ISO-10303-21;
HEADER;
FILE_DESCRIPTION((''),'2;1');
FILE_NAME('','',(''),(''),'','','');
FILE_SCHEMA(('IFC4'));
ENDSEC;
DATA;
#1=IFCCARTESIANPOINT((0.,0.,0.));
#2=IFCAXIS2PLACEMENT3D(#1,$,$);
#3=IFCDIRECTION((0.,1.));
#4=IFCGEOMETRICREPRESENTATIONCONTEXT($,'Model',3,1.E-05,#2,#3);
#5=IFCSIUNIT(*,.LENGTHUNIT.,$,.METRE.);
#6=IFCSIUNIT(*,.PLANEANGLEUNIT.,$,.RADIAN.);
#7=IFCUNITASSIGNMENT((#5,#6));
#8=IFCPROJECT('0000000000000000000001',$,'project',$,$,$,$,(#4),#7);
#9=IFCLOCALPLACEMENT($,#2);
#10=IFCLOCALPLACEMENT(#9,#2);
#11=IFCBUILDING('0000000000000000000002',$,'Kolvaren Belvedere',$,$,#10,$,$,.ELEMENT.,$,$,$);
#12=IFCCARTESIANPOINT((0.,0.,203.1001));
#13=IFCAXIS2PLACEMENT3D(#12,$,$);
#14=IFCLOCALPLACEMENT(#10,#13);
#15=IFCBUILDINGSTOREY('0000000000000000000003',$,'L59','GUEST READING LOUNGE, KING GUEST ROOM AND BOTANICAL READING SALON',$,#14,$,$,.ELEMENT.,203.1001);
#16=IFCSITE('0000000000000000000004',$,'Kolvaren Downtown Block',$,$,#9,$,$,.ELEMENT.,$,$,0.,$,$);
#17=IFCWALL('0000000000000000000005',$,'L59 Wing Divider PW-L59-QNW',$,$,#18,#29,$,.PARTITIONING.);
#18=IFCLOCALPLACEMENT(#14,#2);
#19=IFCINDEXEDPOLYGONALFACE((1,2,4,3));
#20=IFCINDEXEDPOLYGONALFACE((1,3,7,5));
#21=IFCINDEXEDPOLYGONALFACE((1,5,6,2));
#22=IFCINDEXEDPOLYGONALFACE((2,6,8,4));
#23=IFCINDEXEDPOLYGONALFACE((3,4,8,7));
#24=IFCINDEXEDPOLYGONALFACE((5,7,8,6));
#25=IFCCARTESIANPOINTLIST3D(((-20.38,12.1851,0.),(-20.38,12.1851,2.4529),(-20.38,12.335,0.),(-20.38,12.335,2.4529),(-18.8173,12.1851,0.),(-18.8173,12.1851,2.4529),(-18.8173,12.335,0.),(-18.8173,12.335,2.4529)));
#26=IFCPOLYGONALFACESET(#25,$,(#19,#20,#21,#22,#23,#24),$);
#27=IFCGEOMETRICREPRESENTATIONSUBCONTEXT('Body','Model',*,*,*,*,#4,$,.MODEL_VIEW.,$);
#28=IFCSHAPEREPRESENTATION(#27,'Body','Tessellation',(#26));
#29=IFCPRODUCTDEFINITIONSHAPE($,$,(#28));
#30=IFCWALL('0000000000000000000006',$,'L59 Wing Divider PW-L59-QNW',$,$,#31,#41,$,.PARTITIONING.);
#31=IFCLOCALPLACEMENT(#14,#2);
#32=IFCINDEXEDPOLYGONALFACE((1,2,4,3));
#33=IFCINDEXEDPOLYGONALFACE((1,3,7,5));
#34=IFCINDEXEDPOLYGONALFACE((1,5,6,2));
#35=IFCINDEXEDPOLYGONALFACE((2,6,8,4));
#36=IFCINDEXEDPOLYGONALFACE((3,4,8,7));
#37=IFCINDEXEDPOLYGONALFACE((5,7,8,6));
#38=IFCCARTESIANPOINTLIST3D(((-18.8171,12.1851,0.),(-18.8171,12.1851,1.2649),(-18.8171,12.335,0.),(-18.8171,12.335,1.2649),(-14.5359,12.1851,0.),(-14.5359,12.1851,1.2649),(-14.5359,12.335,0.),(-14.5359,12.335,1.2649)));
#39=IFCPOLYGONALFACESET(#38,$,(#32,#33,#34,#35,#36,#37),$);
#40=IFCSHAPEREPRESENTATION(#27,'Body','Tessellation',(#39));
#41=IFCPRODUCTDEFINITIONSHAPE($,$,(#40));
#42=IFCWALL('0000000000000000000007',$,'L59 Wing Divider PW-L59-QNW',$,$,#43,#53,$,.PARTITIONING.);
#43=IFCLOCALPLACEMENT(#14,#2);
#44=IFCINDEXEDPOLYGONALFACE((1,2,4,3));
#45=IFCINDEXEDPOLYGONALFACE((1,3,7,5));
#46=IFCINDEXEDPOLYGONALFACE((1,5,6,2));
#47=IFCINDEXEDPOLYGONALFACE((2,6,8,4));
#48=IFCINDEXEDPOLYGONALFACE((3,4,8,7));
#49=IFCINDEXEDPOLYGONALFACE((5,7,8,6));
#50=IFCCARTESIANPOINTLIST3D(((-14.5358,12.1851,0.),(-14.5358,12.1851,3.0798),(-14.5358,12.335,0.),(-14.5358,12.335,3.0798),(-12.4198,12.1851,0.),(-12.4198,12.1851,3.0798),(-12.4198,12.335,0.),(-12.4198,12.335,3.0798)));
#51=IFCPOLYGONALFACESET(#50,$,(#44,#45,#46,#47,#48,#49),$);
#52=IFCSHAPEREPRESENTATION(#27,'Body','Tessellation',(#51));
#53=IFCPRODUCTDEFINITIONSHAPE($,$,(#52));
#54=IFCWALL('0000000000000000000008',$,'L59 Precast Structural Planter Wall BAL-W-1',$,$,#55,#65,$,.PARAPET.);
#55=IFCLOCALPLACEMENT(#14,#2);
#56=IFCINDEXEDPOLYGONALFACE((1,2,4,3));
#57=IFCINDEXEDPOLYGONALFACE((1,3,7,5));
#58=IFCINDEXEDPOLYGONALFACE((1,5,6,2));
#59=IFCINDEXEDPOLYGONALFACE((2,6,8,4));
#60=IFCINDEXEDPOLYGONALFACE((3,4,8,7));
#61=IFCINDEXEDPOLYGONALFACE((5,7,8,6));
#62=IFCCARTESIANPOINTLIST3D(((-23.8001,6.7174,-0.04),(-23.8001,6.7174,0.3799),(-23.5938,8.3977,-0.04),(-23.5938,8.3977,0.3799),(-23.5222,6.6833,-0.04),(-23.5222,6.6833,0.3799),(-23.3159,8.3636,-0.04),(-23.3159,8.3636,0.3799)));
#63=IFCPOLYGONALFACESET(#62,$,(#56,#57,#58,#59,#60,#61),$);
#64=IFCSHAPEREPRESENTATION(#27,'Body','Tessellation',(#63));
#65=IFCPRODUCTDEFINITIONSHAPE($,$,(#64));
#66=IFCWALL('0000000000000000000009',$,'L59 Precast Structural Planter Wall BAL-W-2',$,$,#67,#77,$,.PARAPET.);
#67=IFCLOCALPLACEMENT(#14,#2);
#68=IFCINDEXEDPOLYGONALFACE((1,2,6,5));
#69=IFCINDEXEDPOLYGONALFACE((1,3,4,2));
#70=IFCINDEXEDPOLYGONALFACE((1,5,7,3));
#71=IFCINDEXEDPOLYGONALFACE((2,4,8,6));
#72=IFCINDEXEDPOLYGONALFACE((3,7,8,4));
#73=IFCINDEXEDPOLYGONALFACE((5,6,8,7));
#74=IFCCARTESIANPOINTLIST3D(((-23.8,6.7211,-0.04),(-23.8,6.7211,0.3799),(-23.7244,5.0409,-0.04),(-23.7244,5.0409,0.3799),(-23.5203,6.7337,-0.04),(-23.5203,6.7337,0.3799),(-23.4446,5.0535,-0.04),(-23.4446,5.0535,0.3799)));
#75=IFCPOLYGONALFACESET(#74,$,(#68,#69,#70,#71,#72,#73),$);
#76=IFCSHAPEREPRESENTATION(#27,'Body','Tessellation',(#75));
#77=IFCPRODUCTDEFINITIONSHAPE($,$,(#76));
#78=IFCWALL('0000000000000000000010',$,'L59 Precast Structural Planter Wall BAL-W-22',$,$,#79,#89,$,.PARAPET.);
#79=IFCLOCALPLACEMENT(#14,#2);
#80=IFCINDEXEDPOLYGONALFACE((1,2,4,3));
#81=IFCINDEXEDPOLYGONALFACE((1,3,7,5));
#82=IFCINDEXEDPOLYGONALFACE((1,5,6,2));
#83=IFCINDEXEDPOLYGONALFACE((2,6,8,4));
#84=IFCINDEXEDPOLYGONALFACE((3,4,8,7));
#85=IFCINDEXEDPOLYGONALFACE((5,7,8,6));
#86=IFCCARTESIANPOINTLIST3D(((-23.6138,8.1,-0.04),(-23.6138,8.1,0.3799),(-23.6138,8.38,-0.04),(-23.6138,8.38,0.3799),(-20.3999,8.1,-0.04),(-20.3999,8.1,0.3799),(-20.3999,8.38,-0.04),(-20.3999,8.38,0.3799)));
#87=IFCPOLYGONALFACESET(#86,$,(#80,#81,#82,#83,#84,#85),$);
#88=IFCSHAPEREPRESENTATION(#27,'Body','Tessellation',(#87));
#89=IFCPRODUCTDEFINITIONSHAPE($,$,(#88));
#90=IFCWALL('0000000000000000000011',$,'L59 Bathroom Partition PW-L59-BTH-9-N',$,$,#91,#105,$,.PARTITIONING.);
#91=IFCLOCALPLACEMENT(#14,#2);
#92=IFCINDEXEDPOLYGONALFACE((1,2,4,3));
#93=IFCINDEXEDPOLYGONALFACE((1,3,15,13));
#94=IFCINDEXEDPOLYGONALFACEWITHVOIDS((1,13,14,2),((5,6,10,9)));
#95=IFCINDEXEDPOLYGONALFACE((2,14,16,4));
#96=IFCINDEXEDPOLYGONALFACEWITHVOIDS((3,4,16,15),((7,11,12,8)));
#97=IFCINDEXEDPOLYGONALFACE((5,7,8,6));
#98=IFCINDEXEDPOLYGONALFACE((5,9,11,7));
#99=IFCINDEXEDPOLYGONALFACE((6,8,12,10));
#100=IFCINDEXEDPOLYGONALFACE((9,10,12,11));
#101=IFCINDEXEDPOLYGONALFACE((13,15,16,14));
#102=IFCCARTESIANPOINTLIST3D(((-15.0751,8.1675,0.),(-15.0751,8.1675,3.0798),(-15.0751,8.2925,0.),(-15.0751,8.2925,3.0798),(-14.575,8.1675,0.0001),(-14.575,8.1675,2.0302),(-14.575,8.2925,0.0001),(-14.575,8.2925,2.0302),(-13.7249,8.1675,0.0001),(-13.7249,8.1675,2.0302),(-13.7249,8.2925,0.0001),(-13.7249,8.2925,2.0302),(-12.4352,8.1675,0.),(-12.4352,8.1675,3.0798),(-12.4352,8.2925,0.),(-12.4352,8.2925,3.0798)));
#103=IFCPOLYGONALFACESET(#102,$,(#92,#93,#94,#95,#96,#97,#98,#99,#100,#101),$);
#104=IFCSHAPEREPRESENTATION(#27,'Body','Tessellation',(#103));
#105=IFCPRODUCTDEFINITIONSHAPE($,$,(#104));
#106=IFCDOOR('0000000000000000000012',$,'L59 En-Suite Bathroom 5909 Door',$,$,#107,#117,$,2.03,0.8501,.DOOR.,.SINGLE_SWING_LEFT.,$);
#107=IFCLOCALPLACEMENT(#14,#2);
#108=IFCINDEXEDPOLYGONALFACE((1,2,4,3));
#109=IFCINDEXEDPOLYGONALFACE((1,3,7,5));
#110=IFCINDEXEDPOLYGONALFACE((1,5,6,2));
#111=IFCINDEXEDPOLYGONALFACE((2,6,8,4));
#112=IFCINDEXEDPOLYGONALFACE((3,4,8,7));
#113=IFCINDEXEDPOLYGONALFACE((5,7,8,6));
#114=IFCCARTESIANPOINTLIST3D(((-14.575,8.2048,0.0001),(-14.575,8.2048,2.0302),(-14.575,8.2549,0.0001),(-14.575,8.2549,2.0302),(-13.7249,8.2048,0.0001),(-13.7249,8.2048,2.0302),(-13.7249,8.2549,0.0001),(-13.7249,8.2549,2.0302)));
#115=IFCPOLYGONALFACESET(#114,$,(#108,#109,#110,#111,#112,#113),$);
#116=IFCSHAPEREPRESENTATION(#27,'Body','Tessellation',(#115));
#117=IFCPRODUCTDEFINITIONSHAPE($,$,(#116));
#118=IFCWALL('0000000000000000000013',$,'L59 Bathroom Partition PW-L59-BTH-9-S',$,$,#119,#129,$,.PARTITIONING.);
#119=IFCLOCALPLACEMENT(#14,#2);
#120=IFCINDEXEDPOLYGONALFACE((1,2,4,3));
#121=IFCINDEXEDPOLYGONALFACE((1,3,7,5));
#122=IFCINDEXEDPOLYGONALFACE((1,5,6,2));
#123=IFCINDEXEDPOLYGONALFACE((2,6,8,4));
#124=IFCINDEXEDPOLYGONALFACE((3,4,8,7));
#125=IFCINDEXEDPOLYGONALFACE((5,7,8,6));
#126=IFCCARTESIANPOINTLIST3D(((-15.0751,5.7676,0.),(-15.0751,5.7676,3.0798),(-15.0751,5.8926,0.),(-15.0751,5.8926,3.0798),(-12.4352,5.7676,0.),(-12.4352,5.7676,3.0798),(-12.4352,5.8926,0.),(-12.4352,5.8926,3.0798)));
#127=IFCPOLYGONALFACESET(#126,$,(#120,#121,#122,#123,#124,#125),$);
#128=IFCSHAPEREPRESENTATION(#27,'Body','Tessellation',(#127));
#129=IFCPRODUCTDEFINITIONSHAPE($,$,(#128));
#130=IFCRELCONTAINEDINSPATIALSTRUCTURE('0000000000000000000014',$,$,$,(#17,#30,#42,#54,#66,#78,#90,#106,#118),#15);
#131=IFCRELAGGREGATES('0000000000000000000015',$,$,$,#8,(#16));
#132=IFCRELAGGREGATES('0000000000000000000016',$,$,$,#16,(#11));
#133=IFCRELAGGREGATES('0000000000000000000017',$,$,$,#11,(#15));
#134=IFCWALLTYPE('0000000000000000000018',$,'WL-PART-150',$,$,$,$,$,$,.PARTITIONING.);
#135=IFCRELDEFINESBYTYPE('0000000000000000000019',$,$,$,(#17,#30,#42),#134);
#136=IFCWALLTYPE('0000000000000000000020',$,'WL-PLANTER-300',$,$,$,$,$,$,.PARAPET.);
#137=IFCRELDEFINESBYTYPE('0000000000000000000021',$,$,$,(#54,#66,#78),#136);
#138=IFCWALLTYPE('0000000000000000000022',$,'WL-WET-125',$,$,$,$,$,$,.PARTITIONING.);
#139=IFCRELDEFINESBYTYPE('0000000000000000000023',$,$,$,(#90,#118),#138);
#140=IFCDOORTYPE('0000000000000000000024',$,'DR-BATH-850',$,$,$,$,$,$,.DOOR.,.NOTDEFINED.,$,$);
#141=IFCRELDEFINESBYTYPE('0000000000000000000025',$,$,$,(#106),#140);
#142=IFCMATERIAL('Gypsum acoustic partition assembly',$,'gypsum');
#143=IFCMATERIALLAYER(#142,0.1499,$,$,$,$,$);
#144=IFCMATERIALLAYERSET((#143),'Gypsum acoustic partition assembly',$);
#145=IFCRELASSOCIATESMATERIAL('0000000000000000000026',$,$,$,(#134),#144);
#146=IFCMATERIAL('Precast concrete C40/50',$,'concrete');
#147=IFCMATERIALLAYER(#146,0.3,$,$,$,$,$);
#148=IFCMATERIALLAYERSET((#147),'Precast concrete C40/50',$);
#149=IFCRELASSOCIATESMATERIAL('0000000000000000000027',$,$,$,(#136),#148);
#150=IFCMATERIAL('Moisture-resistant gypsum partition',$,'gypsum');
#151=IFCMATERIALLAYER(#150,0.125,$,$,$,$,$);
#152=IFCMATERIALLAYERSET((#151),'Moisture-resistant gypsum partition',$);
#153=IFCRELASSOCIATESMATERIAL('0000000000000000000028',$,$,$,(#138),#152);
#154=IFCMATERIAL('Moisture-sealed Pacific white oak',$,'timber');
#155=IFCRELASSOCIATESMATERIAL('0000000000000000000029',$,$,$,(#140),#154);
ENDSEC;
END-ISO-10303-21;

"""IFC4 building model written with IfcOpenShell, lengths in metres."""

from ifc_helpers import new_model, si_unit, direction, frame, frame_2d, origin, place, context, subcontext, project, spatial, rectangle, extrude, material, layer, layer_set, type_object, element, fill, save


model = new_model("IFC4")

# Units and contexts
model_context = context("Model", 3, precision=1e-05, world=origin(), true_north=direction((0.0, 1.0)))
body_context = subcontext(model_context, "Body", "Model", "MODEL_VIEW")
ifc_project = project(units=[si_unit("LENGTHUNIT", "METRE"), si_unit("PLANEANGLEUNIT", "RADIAN")], contexts=[model_context])

# Site, building, storey
site_placement = place(None, origin())
site = spatial("IfcSite", under=ifc_project, at=site_placement, Name="Kolvaren Downtown Block", CompositionType="ELEMENT", RefElevation=0.0)
building_placement = place(site_placement, origin())
building = spatial("IfcBuilding", under=site, at=building_placement, Name="Kolvaren Belvedere", CompositionType="ELEMENT")
storey_placement = place(building_placement, frame((0.0, 0.0, 203.1001)))
storey = spatial("IfcBuildingStorey", under=building, at=storey_placement, Name="L59", Description="GUEST READING LOUNGE, KING GUEST ROOM AND BOTANICAL READING SALON", CompositionType="ELEMENT", Elevation=203.1001)

# Walls
ifc_material_1 = material(Name="Gypsum acoustic partition assembly", Category="gypsum")
ifc_layer_1 = layer(ifc_material_1, 0.1499)
ifc_layer_set_1 = layer_set([ifc_layer_1], Name="Gypsum acoustic partition assembly")
wall_type_1 = type_object("IfcWallType", Name="WL-PART-150", PredefinedType="PARTITIONING", material=ifc_layer_set_1)
wall_1_placement = place(storey_placement, frame((-20.3799, 12.26, 0.0), z_axis=(0.0, 0.0, 1.0), x_axis=(1.0, 0.0, 0.0)))
element("IfcWall", 1, at=wall_1_placement, inside=storey, type_object=wall_type_1, Name="L59 Wing Divider PW-L59-QNW", PredefinedType="PARTITIONING", context=body_context, shape_type="SweptSolid", body=[
    extrude(rectangle(XDim=1.5627, YDim=0.1499, at=frame_2d((0.7812, 0.0))), origin(), (0.0, 0.0, 1.0), 2.4529),
])
wall_2_placement = place(storey_placement, frame((-18.8171, 12.26, 0.0), z_axis=(0.0, 0.0, 1.0), x_axis=(1.0, 0.0, 0.0)))
element("IfcWall", 2, at=wall_2_placement, inside=storey, type_object=wall_type_1, Name="L59 Wing Divider PW-L59-QNW", PredefinedType="PARTITIONING", context=body_context, shape_type="SweptSolid", body=[
    extrude(rectangle(XDim=4.2812, YDim=0.1499, at=frame_2d((2.1406, 0.0))), origin(), (0.0, 0.0, 1.0), 1.2649),
])
wall_3_placement = place(storey_placement, frame((-14.5359, 12.26, 0.0), z_axis=(0.0, 0.0, 1.0), x_axis=(1.0, 0.0, 0.0)))
element("IfcWall", 3, at=wall_3_placement, inside=storey, type_object=wall_type_1, Name="L59 Wing Divider PW-L59-QNW", PredefinedType="PARTITIONING", context=body_context, shape_type="SweptSolid", body=[
    extrude(rectangle(XDim=2.116, YDim=0.1499, at=frame_2d((1.0581, 0.0))), origin(), (0.0, 0.0, 1.0), 3.0798),
])
ifc_material_2 = material(Name="Precast concrete C40/50", Category="concrete")
ifc_layer_2 = layer(ifc_material_2, 0.3)
ifc_layer_set_2 = layer_set([ifc_layer_2], Name="Precast concrete C40/50")
wall_type_2 = type_object("IfcWallType", Name="WL-PLANTER-300", PredefinedType="PARAPET", material=ifc_layer_set_2)
wall_4_placement = place(storey_placement, frame((-23.4548, 8.3806, -0.04), z_axis=(0.0, 0.0, 1.0), x_axis=(-0.121869, -0.992546, 0.0)))
element("IfcWall", 4, at=wall_4_placement, inside=storey, type_object=wall_type_2, Name="L59 Precast Structural Planter Wall BAL-W-1", PredefinedType="PARAPET", context=body_context, shape_type="SweptSolid", body=[
    extrude(rectangle(XDim=1.6929, YDim=0.28, at=frame_2d((0.8464, 0.0))), origin(), (0.0, 0.0, 1.0), 0.4199),
])
wall_5_placement = place(storey_placement, frame((-23.6602, 6.7273, -0.04), z_axis=(0.0, 0.0, 1.0), x_axis=(0.044999, -0.998987, 0.0)))
element("IfcWall", 5, at=wall_5_placement, inside=storey, type_object=wall_type_2, Name="L59 Precast Structural Planter Wall BAL-W-2", PredefinedType="PARAPET", context=body_context, shape_type="SweptSolid", body=[
    extrude(rectangle(XDim=1.6819, YDim=0.28, at=frame_2d((0.8408, 0.0))), origin(), (0.0, 0.0, 1.0), 0.4199),
])
wall_6_placement = place(storey_placement, frame((-20.3999, 8.24, -0.04), z_axis=(0.0, 0.0, 1.0), x_axis=(-1.0, 0.0, 0.0)))
element("IfcWall", 6, at=wall_6_placement, inside=storey, type_object=wall_type_2, Name="L59 Precast Structural Planter Wall BAL-W-22", PredefinedType="PARAPET", context=body_context, shape_type="SweptSolid", body=[
    extrude(rectangle(XDim=3.2139, YDim=0.28, at=frame_2d((1.6069, 0.0))), origin(), (0.0, 0.0, 1.0), 0.4199),
])

# Wall, opening, door
ifc_material_3 = material(Name="Moisture-resistant gypsum partition", Category="gypsum")
ifc_layer_3 = layer(ifc_material_3, 0.125)
ifc_layer_set_3 = layer_set([ifc_layer_3], Name="Moisture-resistant gypsum partition")
wall_type_3 = type_object("IfcWallType", Name="WL-WET-125", PredefinedType="PARTITIONING", material=ifc_layer_set_3)
wall_7_placement = place(storey_placement, frame((-15.075, 8.23, 0.0), z_axis=(0.0, 0.0, 1.0), x_axis=(1.0, 0.0, 0.0)))
wall_7 = element("IfcWall", 7, at=wall_7_placement, inside=storey, type_object=wall_type_3, Name="L59 Bathroom Partition PW-L59-BTH-9-N", PredefinedType="PARTITIONING", context=body_context, shape_type="SweptSolid", body=[
    extrude(rectangle(XDim=2.6399, YDim=0.125, at=frame_2d((1.3198, 0.0))), origin(), (0.0, 0.0, 1.0), 3.0798),
])
opening_1_placement = place(wall_7_placement, frame((0.5, 0.0, 0.0)))
opening_1 = element("IfcOpeningElement", 8, at=opening_1_placement, cuts=wall_7, PredefinedType="OPENING", context=body_context, shape_type="SweptSolid", body=[
    extrude(rectangle(XDim=0.8501, YDim=2.03, at=frame_2d((0.425, 1.0151))), frame((0.0, 0.0725, 0.0), z_axis=(0.0, -1.0, 0.0), x_axis=(1.0, 0.0, 0.0)), (0.0, 0.0, 1.0), 0.145),
])
ifc_material_4 = material(Name="Moisture-sealed Pacific white oak", Category="timber")
door_type = type_object("IfcDoorType", Name="DR-BATH-850", OperationType="NOTDEFINED", PredefinedType="DOOR", material=ifc_material_4)
door_placement = place(opening_1_placement, origin())
door = element("IfcDoor", 9, at=door_placement, inside=storey, type_object=door_type, Name="L59 En-Suite Bathroom 5909 Door", OperationType="SINGLE_SWING_LEFT", OverallHeight=2.03, OverallWidth=0.8501, PredefinedType="DOOR", context=body_context, shape_type="SweptSolid", body=[
    extrude(rectangle(XDim=0.8501, YDim=2.03, at=frame_2d((0.425, 1.0151))), frame((0.0, 0.0249, 0.0), z_axis=(0.0, -1.0, 0.0), x_axis=(1.0, 0.0, 0.0)), (0.0, 0.0, 1.0), 0.05),
])
fill(opening_1, door)

# Wall
wall_8_placement = place(storey_placement, frame((-15.075, 5.8301, 0.0), z_axis=(0.0, 0.0, 1.0), x_axis=(1.0, 0.0, 0.0)))
element("IfcWall", 10, at=wall_8_placement, inside=storey, type_object=wall_type_3, Name="L59 Bathroom Partition PW-L59-BTH-9-S", PredefinedType="PARTITIONING", context=body_context, shape_type="SweptSolid", body=[
    extrude(rectangle(XDim=2.6399, YDim=0.125, at=frame_2d((1.3198, 0.0))), origin(), (0.0, 0.0, 1.0), 3.0798),
])

save(model, "model.ifc")
